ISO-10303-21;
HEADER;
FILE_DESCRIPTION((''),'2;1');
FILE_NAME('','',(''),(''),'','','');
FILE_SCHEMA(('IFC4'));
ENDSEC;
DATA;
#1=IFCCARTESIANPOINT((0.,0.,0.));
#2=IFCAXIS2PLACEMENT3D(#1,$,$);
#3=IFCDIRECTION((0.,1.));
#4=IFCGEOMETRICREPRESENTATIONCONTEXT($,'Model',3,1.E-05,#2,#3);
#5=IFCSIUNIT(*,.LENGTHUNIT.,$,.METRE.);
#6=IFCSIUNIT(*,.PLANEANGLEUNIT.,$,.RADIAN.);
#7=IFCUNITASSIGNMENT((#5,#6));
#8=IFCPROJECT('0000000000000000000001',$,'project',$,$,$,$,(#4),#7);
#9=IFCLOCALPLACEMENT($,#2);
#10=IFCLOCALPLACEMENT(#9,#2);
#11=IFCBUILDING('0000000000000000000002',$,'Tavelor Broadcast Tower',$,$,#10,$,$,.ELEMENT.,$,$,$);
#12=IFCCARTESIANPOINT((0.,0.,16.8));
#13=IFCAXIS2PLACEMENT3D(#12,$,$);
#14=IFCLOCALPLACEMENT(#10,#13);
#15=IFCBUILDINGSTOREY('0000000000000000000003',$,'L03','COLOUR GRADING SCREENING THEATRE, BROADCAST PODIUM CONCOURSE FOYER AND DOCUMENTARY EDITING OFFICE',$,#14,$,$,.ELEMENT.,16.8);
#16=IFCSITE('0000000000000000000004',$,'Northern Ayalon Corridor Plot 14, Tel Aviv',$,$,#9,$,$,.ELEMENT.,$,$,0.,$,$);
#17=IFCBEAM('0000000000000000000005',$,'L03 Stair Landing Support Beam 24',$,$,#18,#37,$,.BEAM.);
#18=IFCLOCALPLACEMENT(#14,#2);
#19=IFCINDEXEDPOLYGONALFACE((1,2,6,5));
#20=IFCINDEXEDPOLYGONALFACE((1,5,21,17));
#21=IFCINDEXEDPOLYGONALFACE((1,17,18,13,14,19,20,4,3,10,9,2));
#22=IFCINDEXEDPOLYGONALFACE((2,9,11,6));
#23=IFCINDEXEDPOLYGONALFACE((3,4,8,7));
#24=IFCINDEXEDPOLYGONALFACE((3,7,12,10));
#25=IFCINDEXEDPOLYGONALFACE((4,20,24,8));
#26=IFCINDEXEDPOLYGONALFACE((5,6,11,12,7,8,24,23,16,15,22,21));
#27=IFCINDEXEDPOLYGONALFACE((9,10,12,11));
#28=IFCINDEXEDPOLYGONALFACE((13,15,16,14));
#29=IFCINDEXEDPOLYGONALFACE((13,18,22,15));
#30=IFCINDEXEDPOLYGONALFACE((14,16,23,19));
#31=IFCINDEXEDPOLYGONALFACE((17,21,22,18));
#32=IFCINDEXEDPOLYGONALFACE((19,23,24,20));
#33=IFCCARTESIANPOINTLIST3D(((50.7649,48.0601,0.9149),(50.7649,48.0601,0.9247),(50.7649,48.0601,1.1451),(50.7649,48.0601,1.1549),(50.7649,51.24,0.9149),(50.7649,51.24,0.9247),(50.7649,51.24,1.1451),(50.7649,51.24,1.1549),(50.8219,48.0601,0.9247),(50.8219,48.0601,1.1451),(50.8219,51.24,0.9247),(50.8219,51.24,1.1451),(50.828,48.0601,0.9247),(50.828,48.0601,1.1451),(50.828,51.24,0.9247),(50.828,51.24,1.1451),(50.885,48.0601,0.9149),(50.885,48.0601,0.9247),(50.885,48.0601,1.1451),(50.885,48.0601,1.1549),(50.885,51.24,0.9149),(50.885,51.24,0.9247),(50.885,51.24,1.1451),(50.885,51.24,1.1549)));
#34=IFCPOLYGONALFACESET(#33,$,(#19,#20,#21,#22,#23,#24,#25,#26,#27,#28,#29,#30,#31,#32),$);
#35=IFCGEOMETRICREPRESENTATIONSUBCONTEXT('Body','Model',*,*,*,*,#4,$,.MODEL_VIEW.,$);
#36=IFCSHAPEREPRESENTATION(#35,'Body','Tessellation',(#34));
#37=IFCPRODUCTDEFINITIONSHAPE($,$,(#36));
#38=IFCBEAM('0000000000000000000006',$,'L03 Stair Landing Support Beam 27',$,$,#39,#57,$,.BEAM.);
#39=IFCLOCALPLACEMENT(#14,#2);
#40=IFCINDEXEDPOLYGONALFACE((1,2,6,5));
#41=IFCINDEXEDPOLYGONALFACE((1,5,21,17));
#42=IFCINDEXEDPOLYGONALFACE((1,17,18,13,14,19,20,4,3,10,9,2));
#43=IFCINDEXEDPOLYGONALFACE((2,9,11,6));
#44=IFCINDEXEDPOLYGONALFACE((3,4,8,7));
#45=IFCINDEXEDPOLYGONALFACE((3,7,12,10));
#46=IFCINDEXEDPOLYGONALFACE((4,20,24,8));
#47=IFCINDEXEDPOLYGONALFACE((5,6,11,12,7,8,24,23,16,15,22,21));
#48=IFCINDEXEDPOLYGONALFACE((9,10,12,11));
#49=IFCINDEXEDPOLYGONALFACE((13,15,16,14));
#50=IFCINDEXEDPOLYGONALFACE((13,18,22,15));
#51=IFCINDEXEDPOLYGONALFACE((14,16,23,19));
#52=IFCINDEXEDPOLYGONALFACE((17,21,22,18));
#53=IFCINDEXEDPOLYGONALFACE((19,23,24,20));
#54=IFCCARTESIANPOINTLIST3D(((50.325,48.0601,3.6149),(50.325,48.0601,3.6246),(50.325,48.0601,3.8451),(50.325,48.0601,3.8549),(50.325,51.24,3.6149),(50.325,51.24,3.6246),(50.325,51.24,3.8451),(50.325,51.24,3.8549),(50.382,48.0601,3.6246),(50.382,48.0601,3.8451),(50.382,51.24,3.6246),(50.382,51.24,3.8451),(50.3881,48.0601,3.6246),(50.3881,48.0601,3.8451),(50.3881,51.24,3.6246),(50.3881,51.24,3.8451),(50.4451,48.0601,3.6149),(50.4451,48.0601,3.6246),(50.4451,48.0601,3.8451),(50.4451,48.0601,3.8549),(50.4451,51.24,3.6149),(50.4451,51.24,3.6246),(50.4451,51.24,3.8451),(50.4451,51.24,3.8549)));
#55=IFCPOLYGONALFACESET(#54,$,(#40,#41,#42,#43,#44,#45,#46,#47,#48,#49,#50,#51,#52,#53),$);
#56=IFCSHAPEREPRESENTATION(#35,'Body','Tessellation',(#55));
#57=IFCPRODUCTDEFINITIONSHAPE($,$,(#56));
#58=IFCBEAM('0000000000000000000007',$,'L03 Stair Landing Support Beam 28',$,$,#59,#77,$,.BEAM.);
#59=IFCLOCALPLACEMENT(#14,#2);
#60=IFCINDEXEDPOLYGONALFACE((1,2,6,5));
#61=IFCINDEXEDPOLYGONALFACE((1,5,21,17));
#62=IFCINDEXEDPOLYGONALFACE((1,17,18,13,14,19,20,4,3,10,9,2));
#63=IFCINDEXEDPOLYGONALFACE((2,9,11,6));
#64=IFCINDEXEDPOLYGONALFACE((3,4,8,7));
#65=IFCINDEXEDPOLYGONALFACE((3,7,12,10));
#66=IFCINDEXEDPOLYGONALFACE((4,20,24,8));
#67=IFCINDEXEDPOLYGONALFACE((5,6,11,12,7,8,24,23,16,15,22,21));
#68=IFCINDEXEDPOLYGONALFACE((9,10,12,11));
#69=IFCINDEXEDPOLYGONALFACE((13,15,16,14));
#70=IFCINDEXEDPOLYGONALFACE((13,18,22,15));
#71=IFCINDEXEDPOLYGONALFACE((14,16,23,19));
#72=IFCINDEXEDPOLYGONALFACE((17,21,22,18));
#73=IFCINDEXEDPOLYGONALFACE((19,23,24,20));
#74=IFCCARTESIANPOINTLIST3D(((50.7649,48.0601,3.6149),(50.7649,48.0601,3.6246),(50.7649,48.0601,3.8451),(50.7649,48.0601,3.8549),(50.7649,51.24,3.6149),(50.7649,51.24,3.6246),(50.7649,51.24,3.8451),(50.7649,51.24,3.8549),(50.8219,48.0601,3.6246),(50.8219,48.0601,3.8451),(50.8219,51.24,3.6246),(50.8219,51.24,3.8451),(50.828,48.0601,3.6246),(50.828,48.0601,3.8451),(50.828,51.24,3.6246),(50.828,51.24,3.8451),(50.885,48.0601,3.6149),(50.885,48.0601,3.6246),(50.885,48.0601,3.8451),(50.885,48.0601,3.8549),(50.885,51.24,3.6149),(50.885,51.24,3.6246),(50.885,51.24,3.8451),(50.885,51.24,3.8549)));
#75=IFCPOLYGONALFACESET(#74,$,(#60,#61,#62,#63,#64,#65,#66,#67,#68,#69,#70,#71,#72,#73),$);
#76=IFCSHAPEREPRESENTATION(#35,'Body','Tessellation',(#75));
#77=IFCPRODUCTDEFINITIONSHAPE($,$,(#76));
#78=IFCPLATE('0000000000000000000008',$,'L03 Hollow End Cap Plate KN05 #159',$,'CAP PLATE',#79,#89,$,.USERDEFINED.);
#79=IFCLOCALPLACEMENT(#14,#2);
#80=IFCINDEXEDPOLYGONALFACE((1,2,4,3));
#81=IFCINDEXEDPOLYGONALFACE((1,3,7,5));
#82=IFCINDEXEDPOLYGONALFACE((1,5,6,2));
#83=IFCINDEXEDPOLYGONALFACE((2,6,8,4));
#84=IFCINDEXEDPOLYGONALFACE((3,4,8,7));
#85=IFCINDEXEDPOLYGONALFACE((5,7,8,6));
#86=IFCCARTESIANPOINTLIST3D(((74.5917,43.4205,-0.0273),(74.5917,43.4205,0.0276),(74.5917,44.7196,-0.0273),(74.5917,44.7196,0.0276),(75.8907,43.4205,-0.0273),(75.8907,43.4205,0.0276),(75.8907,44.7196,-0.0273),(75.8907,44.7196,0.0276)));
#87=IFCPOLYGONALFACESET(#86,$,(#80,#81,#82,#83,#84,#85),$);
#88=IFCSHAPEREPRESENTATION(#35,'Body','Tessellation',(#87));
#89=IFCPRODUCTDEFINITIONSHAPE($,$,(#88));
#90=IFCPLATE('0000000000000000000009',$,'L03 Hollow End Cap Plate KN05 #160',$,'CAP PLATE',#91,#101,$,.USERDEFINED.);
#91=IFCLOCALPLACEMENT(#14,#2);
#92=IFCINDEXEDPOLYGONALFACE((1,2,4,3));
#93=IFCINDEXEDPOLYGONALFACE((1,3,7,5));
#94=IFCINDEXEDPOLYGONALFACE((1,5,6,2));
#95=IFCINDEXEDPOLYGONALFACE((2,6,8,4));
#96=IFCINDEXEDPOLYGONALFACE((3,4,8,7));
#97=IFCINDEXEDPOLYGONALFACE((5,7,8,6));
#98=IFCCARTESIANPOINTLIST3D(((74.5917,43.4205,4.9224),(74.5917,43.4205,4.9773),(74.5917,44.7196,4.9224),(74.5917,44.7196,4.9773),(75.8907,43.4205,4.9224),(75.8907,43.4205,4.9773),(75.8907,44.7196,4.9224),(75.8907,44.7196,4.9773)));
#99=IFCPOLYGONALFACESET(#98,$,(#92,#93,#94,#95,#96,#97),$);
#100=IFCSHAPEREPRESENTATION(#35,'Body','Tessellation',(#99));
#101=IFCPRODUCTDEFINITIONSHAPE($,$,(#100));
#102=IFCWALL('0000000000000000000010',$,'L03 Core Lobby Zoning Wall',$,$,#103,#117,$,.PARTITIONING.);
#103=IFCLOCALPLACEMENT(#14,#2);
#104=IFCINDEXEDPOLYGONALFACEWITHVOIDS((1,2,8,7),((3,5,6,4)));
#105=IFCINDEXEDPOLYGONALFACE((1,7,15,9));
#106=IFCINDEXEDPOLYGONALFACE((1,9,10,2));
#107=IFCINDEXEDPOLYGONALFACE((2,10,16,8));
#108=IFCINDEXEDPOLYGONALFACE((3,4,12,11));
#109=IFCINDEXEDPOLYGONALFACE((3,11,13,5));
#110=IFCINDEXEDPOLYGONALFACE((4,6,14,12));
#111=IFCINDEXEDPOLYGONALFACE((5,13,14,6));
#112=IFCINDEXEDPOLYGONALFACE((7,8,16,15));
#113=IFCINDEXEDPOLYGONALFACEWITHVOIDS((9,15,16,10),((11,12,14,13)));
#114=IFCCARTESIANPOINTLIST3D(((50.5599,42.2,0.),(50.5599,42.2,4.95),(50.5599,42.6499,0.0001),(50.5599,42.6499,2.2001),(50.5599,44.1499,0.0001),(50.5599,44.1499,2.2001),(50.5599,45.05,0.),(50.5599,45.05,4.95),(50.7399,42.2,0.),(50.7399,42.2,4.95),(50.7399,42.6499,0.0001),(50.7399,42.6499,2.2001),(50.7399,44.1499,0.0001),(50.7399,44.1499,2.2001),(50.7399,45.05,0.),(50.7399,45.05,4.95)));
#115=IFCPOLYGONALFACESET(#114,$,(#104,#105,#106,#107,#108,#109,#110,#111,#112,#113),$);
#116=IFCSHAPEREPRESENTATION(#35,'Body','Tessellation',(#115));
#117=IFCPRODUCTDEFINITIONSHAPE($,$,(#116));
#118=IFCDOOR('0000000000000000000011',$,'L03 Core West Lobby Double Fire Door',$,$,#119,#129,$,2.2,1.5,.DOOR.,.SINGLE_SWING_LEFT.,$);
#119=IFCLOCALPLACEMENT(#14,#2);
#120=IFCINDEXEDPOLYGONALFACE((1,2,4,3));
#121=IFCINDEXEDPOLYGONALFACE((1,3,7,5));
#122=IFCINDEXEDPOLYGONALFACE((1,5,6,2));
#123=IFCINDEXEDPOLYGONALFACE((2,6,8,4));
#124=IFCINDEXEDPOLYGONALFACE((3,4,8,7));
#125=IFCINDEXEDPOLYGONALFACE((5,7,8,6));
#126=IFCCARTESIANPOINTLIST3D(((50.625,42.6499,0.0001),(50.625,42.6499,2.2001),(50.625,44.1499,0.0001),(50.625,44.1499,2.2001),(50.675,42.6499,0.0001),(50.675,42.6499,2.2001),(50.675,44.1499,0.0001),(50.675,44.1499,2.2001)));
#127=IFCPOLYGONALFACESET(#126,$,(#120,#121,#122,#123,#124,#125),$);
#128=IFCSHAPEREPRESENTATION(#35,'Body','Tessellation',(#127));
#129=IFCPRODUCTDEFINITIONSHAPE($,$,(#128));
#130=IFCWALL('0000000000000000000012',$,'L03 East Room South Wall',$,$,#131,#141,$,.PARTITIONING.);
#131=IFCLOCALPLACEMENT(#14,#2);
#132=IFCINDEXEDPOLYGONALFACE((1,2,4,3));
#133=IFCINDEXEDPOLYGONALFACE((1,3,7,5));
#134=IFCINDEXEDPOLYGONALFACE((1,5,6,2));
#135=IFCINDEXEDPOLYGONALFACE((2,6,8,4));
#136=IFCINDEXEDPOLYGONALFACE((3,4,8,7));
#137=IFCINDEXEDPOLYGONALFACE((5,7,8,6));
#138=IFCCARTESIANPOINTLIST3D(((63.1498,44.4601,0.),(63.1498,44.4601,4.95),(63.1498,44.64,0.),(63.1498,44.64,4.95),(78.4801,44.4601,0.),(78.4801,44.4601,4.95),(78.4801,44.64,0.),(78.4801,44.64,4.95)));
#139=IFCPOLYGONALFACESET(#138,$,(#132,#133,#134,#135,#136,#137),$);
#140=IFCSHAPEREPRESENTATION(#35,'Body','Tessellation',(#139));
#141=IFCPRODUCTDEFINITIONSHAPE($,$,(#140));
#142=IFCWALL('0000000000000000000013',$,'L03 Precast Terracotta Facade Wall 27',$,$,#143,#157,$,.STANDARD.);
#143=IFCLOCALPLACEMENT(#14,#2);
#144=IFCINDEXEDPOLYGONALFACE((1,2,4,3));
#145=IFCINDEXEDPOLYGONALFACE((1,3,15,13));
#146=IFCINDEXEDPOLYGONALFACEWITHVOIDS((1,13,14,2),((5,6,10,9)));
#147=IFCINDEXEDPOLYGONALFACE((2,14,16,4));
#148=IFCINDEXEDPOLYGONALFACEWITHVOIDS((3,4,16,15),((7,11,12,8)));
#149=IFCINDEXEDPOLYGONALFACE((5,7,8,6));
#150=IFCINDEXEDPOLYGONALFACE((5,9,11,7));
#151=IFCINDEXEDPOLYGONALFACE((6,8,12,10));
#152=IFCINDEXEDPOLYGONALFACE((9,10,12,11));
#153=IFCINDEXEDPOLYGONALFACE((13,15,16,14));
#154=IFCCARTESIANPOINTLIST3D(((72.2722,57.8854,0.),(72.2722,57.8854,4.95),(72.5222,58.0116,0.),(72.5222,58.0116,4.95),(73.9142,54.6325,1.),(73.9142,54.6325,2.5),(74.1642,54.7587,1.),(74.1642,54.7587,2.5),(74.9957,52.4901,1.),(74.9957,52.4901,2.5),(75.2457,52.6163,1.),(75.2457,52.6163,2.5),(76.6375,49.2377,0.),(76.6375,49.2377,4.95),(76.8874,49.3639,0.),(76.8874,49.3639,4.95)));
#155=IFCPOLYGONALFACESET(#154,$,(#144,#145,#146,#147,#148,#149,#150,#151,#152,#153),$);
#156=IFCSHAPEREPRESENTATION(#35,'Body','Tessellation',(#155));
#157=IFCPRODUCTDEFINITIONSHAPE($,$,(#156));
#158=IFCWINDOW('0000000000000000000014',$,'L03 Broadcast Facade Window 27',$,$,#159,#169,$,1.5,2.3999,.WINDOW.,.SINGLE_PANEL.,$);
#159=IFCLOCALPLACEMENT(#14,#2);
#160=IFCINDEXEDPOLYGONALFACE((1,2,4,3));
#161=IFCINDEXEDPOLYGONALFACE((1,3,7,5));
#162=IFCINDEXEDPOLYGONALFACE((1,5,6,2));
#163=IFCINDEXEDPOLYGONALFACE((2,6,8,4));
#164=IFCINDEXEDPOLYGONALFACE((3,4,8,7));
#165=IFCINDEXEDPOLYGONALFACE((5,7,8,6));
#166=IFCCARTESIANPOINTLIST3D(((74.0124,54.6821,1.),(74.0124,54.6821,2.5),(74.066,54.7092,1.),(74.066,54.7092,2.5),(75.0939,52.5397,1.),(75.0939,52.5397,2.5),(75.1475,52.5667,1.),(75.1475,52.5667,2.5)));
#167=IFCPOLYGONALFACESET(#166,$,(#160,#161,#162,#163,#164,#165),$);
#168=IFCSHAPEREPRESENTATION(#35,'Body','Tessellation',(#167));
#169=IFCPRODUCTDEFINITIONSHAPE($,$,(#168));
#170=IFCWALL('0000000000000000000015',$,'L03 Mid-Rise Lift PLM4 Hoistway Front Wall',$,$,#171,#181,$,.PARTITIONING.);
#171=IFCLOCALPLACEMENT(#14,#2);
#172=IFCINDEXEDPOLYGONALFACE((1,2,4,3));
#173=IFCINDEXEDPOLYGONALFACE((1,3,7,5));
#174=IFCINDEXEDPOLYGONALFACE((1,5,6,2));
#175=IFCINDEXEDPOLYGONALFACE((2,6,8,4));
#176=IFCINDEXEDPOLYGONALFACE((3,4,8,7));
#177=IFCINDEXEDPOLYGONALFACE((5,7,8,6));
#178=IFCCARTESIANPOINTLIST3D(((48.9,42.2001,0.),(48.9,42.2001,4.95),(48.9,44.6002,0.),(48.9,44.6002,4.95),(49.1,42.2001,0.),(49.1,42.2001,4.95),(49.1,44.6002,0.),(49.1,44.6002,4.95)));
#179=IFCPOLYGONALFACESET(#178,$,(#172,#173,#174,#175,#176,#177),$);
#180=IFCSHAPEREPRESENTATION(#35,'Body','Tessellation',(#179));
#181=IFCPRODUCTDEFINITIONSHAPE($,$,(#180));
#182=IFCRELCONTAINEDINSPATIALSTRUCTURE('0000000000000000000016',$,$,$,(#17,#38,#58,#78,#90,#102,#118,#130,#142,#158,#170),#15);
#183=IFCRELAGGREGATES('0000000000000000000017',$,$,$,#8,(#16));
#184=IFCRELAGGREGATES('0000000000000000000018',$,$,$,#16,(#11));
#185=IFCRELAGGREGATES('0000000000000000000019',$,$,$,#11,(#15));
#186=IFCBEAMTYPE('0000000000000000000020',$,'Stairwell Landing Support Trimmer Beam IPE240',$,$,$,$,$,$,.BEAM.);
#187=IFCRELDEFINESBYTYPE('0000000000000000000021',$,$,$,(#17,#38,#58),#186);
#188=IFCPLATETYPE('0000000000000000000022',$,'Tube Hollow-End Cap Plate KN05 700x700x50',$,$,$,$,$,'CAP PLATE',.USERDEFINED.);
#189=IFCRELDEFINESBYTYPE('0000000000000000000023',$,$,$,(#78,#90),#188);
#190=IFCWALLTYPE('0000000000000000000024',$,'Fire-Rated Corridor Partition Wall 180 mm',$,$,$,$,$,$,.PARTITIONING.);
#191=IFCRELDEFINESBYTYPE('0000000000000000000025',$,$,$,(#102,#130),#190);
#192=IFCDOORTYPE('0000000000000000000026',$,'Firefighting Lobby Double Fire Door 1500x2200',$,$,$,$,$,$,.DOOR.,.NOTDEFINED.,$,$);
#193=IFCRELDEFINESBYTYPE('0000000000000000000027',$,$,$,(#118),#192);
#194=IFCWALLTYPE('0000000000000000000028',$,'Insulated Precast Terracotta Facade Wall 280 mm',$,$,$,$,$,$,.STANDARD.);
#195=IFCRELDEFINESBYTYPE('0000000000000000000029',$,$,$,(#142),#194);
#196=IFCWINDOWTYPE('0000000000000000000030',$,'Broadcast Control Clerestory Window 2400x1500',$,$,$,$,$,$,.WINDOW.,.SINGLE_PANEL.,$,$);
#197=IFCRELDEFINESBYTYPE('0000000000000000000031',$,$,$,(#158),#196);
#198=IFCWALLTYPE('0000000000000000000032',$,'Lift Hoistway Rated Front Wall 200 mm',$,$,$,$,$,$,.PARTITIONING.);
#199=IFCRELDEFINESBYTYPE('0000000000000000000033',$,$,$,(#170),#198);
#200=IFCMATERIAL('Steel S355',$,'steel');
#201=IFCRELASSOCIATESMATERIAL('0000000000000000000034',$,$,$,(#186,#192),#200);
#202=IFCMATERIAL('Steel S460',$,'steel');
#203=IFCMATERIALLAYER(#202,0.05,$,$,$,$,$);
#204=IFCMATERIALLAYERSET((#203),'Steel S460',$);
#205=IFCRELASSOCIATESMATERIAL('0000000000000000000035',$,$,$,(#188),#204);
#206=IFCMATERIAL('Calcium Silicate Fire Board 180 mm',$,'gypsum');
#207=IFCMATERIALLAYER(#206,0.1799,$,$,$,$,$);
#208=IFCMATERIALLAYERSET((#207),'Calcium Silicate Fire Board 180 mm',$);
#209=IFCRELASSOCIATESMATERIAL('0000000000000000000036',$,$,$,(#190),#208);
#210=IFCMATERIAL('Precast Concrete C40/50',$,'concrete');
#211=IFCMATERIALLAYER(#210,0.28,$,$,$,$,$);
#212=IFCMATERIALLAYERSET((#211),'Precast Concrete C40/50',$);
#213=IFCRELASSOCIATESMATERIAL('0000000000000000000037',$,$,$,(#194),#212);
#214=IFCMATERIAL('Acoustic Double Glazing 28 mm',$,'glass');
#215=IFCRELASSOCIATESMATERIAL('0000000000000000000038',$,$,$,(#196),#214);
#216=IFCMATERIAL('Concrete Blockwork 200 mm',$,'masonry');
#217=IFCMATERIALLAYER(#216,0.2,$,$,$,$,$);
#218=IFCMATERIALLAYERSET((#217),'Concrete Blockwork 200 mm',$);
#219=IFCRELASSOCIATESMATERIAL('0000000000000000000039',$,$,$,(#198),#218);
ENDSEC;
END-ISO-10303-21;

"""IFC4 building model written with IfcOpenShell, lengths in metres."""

from ifc_helpers import new_model, si_unit, direction, frame, frame_2d, origin, origin_2d, place, context, subcontext, project, spatial, rectangle, i_section, extrude, source, transform, mapped, material, layer, layer_set, material_profile, profile_set, type_object, type_shapes, element, fill, save


model = new_model("IFC4")

# Units and contexts
model_context = context("Model", 3, precision=1e-05, world=origin(), true_north=direction((0.0, 1.0)))
body_context = subcontext(model_context, "Body", "Model", "MODEL_VIEW")
ifc_project = project(units=[si_unit("LENGTHUNIT", "METRE"), si_unit("PLANEANGLEUNIT", "RADIAN")], contexts=[model_context])

# Site, building, storey
site_placement = place(None, origin())
site = spatial("IfcSite", under=ifc_project, at=site_placement, Name="Northern Ayalon Corridor Plot 14, Tel Aviv", CompositionType="ELEMENT", RefElevation=0.0)
building_placement = place(site_placement, origin())
building = spatial("IfcBuilding", under=site, at=building_placement, Name="Tavelor Broadcast Tower", CompositionType="ELEMENT")
storey_placement = place(building_placement, frame((0.0, 0.0, 16.8)))
storey = spatial("IfcBuildingStorey", under=building, at=storey_placement, Name="L03", Description="COLOUR GRADING SCREENING THEATRE, BROADCAST PODIUM CONCOURSE FOYER AND DOCUMENTARY EDITING OFFICE", CompositionType="ELEMENT", Elevation=16.8)

# Shared definitions
ifc_material_1 = material(Name="Steel S460", Category="steel")

# Beams
ifc_material_2 = material(Name="Steel S355", Category="steel")
ifc_material_profile_1 = material_profile(ifc_material_2, i_section(OverallWidth=0.1201, OverallDepth=0.24, WebThickness=0.0061, FlangeThickness=0.0098, at=origin_2d()), Name="IPE 240")
ifc_profile_set_1 = profile_set([ifc_material_profile_1], Name="Steel S355")
beam_type_1 = type_object("IfcBeamType", Name="Stairwell Landing Support Trimmer Beam IPE240", PredefinedType="BEAM", material=ifc_profile_set_1)
for number, where, z_axis, x_axis, name in (
    (1, (50.825, 48.0601, 1.0349), (0.0, 1.0, 0.0), (-1.0, 0.0, 0.0), "L03 Stair Landing Support Beam 24"),
    (2, (50.385, 48.0601, 3.7349), (0.0, 1.0, 0.0), (-1.0, 0.0, 0.0), "L03 Stair Landing Support Beam 27"),
    (3, (50.825, 48.0601, 3.7349), (0.0, 1.0, 0.0), (-1.0, 0.0, 0.0), "L03 Stair Landing Support Beam 28"),
):
    element("IfcBeam", number, at=place(storey_placement, frame(where, z_axis=z_axis, x_axis=x_axis)), inside=storey, type_object=beam_type_1, Name=name, PredefinedType="BEAM", context=body_context, shape_type="SweptSolid", body=[
        extrude(i_section(OverallWidth=0.1201, OverallDepth=0.24, WebThickness=0.0061, FlangeThickness=0.0098, at=origin_2d()), origin(), (0.0, 0.0, 1.0), 3.1799),
    ])

# Plates
ifc_layer_1 = layer(ifc_material_1, 0.05)
ifc_layer_set_1 = layer_set([ifc_layer_1], Name="Steel S460")
plate_type = type_object("IfcPlateType", Name="Tube Hollow-End Cap Plate KN05 700x700x50", ElementType="CAP PLATE", PredefinedType="USERDEFINED", material=ifc_layer_set_1)
shared_shape = source(origin(), body_context, "Body", "SweptSolid", [
    extrude(rectangle(XDim=1.2991, YDim=1.2991, at=origin_2d()), origin(), (0.0, 0.0, 1.0), 0.0549),
])
type_shapes(plate_type, [shared_shape])
for number, where, z_axis, x_axis, name in (
    (4, (75.2412, 44.0701, -0.0273), (0.0, 0.0, 1.0), (1.0, 0.0, 0.0), "L03 Hollow End Cap Plate KN05 #159"),
    (5, (75.2412, 44.0701, 4.9224), (0.0, 0.0, 1.0), (1.0, 0.0, 0.0), "L03 Hollow End Cap Plate KN05 #160"),
):
    element("IfcPlate", number, at=place(storey_placement, frame(where, z_axis=z_axis, x_axis=x_axis)), inside=storey, type_object=plate_type, Name=name, ObjectType="CAP PLATE", PredefinedType="USERDEFINED", context=body_context, shape_type="MappedRepresentation", body=[
        mapped(shared_shape, transform((0.0, 0.0, 0.0), scale=1.0)),
    ])

# Wall, opening, door
ifc_material_3 = material(Name="Calcium Silicate Fire Board 180 mm", Category="gypsum")
ifc_layer_2 = layer(ifc_material_3, 0.1799)
ifc_layer_set_2 = layer_set([ifc_layer_2], Name="Calcium Silicate Fire Board 180 mm")
wall_type_1 = type_object("IfcWallType", Name="Fire-Rated Corridor Partition Wall 180 mm", PredefinedType="PARTITIONING", material=ifc_layer_set_2)
wall_1_placement = place(storey_placement, frame((50.6499, 42.2, 0.0), z_axis=(0.0, 0.0, 1.0), x_axis=(0.0, 1.0, 0.0)))
wall_1 = element("IfcWall", 6, at=wall_1_placement, inside=storey, type_object=wall_type_1, Name="L03 Core Lobby Zoning Wall", PredefinedType="PARTITIONING", context=body_context, shape_type="SweptSolid", body=[
    extrude(rectangle(XDim=2.8501, YDim=0.1799, at=frame_2d((1.425, 0.0))), origin(), (0.0, 0.0, 1.0), 4.95),
])
opening_1_placement = place(wall_1_placement, frame((0.45, 0.0, 0.0)))
opening_1 = element("IfcOpeningElement", 7, at=opening_1_placement, cuts=wall_1, PredefinedType="OPENING", context=body_context, shape_type="SweptSolid", body=[
    extrude(rectangle(XDim=1.5, YDim=2.2, at=frame_2d((0.75, 1.1001))), frame((0.0, 0.1001, 0.0), z_axis=(0.0, -1.0, 0.0), x_axis=(1.0, 0.0, 0.0)), (0.0, 0.0, 1.0), 0.2),
])
door_type_1 = type_object("IfcDoorType", Name="Firefighting Lobby Double Fire Door 1500x2200", OperationType="NOTDEFINED", PredefinedType="DOOR", material=ifc_material_2)
door_1_placement = place(opening_1_placement, origin())
door_1 = element("IfcDoor", 8, at=door_1_placement, inside=storey, type_object=door_type_1, Name="L03 Core West Lobby Double Fire Door", OperationType="SINGLE_SWING_LEFT", OverallHeight=2.2, OverallWidth=1.5, PredefinedType="DOOR", context=body_context, shape_type="SweptSolid", body=[
    extrude(rectangle(XDim=1.5, YDim=2.2, at=frame_2d((0.75, 1.1001))), frame((0.0, 0.0249, 0.0), z_axis=(0.0, -1.0, 0.0), x_axis=(1.0, 0.0, 0.0)), (0.0, 0.0, 1.0), 0.05),
])
fill(opening_1, door_1)

# Wall
wall_2_placement = place(storey_placement, frame((63.1499, 44.55, 0.0), z_axis=(0.0, 0.0, 1.0), x_axis=(1.0, 0.0, 0.0)))
element("IfcWall", 9, at=wall_2_placement, inside=storey, type_object=wall_type_1, Name="L03 East Room South Wall", PredefinedType="PARTITIONING", context=body_context, shape_type="SweptSolid", body=[
    extrude(rectangle(XDim=15.3303, YDim=0.1799, at=frame_2d((7.665, 0.0))), origin(), (0.0, 0.0, 1.0), 4.95),
])

# Wall, opening, window
ifc_material_4 = material(Name="Precast Concrete C40/50", Category="concrete")
ifc_layer_3 = layer(ifc_material_4, 0.28)
ifc_layer_set_3 = layer_set([ifc_layer_3], Name="Precast Concrete C40/50")
wall_type_2 = type_object("IfcWallType", Name="Insulated Precast Terracotta Facade Wall 280 mm", PredefinedType="STANDARD", material=ifc_layer_set_3)
wall_3_placement = place(storey_placement, frame((76.7625, 49.3008, 0.0), z_axis=(0.0, 0.0, 1.0), x_axis=(-0.450628, 0.892712, 0.0)))
wall_3 = element("IfcWall", 10, at=wall_3_placement, inside=storey, type_object=wall_type_2, Name="L03 Precast Terracotta Facade Wall 27", PredefinedType="STANDARD", context=body_context, shape_type="SweptSolid", body=[
    extrude(rectangle(XDim=9.687, YDim=0.28, at=frame_2d((4.8435, 0.0))), origin(), (0.0, 0.0, 1.0), 4.95),
])
opening_2_placement = place(wall_3_placement, frame((3.6433, 0.0, 1.0)))
opening_2 = element("IfcOpeningElement", 11, at=opening_2_placement, cuts=wall_3, PredefinedType="OPENING", context=body_context, shape_type="SweptSolid", body=[
    extrude(rectangle(XDim=2.3999, YDim=1.5, at=frame_2d((1.2, 0.75))), frame((0.0, 0.1499, 0.0), z_axis=(0.0, -1.0, 0.0), x_axis=(1.0, 0.0, 0.0)), (0.0, 0.0, 1.0), 0.3),
])
ifc_material_5 = material(Name="Acoustic Double Glazing 28 mm", Category="glass")
window_type = type_object("IfcWindowType", Name="Broadcast Control Clerestory Window 2400x1500", PartitioningType="SINGLE_PANEL", PredefinedType="WINDOW", material=ifc_material_5)
window_placement = place(opening_2_placement, origin())
window = element("IfcWindow", 12, at=window_placement, inside=storey, type_object=window_type, Name="L03 Broadcast Facade Window 27", OverallHeight=1.5, OverallWidth=2.3999, PartitioningType="SINGLE_PANEL", PredefinedType="WINDOW", context=body_context, shape_type="SweptSolid", body=[
    extrude(rectangle(XDim=2.3999, YDim=1.5, at=frame_2d((1.2, 0.75))), frame((0.0, 0.03, 0.0), z_axis=(0.0, -1.0, 0.0), x_axis=(1.0, 0.0, 0.0)), (0.0, 0.0, 1.0), 0.0601),
])
fill(opening_2, window)

# Wall
ifc_material_6 = material(Name="Concrete Blockwork 200 mm", Category="masonry")
ifc_layer_4 = layer(ifc_material_6, 0.2)
ifc_layer_set_4 = layer_set([ifc_layer_4], Name="Concrete Blockwork 200 mm")
wall_type_3 = type_object("IfcWallType", Name="Lift Hoistway Rated Front Wall 200 mm", PredefinedType="PARTITIONING", material=ifc_layer_set_4)
wall_4_placement = place(storey_placement, frame((49.0, 42.2, 0.0), z_axis=(0.0, 0.0, 1.0), x_axis=(0.0, 1.0, 0.0)))
element("IfcWall", 13, at=wall_4_placement, inside=storey, type_object=wall_type_3, Name="L03 Mid-Rise Lift PLM4 Hoistway Front Wall", PredefinedType="PARTITIONING", context=body_context, shape_type="SweptSolid", body=[
    extrude(rectangle(XDim=2.4001, YDim=0.2, at=frame_2d((1.2002, 0.0))), origin(), (0.0, 0.0, 1.0), 4.95),
])

save(model, "model.ifc")
